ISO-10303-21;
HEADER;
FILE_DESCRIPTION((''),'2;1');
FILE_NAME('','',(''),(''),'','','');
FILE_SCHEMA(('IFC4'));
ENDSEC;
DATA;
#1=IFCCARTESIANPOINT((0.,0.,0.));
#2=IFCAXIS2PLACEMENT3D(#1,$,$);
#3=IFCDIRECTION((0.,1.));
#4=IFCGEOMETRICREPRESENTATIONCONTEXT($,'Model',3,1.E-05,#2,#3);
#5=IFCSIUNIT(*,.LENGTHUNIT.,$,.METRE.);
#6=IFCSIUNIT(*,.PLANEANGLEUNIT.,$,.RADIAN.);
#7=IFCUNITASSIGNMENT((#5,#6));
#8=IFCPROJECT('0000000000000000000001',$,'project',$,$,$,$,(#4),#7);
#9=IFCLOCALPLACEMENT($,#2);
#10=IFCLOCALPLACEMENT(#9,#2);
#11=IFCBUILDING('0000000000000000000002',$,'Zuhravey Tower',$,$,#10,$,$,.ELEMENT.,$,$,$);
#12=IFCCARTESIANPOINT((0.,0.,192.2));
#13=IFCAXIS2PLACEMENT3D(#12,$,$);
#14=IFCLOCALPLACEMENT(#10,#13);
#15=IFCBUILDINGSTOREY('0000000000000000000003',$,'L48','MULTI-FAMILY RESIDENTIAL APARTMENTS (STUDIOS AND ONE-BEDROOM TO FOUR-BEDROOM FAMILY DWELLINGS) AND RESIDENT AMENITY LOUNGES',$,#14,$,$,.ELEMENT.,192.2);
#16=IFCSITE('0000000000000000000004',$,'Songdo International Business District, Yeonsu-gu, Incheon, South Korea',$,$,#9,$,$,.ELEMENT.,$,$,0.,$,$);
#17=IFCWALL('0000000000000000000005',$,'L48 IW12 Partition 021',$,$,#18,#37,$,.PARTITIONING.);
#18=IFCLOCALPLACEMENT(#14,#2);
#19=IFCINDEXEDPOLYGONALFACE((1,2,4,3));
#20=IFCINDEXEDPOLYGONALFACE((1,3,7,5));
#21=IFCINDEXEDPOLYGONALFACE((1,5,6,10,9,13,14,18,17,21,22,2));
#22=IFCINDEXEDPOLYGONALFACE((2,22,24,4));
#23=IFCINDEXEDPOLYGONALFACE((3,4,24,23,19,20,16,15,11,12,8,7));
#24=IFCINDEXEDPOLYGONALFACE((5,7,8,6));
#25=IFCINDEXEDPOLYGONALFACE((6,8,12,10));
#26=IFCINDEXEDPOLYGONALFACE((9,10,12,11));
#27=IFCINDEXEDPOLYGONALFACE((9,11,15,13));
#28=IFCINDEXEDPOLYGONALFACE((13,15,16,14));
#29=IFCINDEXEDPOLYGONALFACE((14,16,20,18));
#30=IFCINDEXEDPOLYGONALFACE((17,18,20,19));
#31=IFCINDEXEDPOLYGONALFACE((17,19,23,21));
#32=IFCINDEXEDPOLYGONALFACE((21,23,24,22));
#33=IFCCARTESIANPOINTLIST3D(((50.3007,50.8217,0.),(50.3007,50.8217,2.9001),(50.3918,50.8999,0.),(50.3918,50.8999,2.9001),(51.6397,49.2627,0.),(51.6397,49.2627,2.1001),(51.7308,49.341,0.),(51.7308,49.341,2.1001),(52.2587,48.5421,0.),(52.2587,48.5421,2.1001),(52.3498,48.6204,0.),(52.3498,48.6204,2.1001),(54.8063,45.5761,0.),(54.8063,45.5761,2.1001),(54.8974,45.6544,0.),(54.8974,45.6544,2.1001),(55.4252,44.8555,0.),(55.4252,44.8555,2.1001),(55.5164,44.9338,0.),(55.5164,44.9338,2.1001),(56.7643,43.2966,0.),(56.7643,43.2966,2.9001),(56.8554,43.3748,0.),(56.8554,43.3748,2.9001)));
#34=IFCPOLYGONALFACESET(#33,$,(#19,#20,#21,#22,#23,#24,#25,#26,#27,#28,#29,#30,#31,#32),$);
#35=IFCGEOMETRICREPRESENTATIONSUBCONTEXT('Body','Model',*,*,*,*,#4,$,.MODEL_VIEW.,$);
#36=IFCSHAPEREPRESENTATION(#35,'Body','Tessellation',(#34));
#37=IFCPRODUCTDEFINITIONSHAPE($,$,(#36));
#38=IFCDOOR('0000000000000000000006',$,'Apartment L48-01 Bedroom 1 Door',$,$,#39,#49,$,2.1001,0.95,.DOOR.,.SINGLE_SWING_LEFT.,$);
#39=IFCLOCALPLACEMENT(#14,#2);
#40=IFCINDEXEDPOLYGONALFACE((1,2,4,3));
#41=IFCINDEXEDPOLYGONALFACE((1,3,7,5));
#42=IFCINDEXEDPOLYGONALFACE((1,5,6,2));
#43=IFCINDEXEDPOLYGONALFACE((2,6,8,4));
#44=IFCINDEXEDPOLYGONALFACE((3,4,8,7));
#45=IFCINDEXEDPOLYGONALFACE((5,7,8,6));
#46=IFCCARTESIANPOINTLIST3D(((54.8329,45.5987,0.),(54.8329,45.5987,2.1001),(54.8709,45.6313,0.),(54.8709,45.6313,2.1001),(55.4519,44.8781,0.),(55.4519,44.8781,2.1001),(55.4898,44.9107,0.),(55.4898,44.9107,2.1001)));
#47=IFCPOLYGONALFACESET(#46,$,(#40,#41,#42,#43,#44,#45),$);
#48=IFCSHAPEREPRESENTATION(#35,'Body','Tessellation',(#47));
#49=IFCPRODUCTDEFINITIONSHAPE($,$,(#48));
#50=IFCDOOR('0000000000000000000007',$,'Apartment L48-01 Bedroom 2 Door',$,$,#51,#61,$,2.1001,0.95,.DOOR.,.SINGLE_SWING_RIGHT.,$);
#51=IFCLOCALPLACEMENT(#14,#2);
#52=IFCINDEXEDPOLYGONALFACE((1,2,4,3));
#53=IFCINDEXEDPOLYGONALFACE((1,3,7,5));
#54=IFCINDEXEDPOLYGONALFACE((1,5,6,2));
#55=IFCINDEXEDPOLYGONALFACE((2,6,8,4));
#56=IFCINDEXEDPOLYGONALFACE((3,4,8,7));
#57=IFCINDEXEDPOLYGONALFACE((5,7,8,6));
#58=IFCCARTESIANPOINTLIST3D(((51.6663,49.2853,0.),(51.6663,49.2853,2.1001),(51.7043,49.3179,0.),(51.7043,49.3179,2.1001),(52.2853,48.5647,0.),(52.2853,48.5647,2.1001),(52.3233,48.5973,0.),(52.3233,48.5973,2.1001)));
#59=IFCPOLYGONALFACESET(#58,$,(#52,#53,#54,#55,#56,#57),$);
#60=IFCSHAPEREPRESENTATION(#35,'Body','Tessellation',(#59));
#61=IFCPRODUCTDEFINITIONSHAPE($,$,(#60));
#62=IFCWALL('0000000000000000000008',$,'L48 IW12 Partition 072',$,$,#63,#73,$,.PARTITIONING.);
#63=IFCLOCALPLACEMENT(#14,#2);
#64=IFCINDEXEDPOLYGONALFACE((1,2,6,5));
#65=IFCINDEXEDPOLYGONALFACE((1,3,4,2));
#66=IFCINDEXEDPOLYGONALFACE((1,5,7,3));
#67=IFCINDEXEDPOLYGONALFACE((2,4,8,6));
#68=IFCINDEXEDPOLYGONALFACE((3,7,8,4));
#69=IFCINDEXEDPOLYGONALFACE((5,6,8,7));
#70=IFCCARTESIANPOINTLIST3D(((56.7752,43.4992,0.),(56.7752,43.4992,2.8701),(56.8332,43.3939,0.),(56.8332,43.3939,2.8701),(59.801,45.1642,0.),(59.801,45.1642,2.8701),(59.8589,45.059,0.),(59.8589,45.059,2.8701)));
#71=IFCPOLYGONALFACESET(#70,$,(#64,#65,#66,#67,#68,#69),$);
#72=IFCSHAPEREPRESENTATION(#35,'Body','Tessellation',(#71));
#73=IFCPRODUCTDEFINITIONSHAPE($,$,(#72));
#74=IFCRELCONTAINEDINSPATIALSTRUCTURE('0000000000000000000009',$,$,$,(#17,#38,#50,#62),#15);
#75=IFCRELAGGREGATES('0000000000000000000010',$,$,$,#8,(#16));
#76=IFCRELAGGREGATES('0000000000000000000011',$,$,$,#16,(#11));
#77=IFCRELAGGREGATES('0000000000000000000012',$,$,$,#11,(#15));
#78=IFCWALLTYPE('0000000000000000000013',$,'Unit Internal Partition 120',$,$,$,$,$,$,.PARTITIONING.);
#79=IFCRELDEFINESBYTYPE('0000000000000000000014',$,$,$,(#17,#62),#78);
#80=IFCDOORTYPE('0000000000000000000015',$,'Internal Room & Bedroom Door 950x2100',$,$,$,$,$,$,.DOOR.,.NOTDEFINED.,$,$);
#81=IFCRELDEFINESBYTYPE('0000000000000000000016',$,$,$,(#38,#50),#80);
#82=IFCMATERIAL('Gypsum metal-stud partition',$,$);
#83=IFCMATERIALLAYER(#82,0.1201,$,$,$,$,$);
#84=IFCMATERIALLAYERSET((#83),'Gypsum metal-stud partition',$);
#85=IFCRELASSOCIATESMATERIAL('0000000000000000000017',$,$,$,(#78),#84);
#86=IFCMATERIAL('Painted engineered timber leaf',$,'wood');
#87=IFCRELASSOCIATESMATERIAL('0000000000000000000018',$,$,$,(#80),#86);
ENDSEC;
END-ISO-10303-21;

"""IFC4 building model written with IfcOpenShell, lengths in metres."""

from ifc_helpers import new_model, si_unit, direction, frame, frame_2d, origin, place, context, subcontext, project, spatial, rectangle, extrude, material, layer, layer_set, type_object, element, fill, save


model = new_model("IFC4")

# Units and contexts
model_context = context("Model", 3, precision=1e-05, world=origin(), true_north=direction((0.0, 1.0)))
body_context = subcontext(model_context, "Body", "Model", "MODEL_VIEW")
ifc_project = project(units=[si_unit("LENGTHUNIT", "METRE"), si_unit("PLANEANGLEUNIT", "RADIAN")], contexts=[model_context])

# Site, building, storey
site_placement = place(None, origin())
site = spatial("IfcSite", under=ifc_project, at=site_placement, Name="Songdo International Business District, Yeonsu-gu, Incheon, South Korea", CompositionType="ELEMENT", RefElevation=0.0)
building_placement = place(site_placement, origin())
building = spatial("IfcBuilding", under=site, at=building_placement, Name="Zuhravey Tower", CompositionType="ELEMENT")
storey_placement = place(building_placement, frame((0.0, 0.0, 192.2)))
storey = spatial("IfcBuildingStorey", under=building, at=storey_placement, Name="L48", Description="MULTI-FAMILY RESIDENTIAL APARTMENTS (STUDIOS AND ONE-BEDROOM TO FOUR-BEDROOM FAMILY DWELLINGS) AND RESIDENT AMENITY LOUNGES", CompositionType="ELEMENT", Elevation=192.2)

# Wall, openings, doors
ifc_material_1 = material(Name="Gypsum metal-stud partition")
ifc_layer_1 = layer(ifc_material_1, 0.1201)
ifc_layer_set_1 = layer_set([ifc_layer_1], Name="Gypsum metal-stud partition")
wall_type_1 = type_object("IfcWallType", Name="Unit Internal Partition 120", PredefinedType="PARTITIONING", material=ifc_layer_set_1)
ifc_material_2 = material(Name="Painted engineered timber leaf", Category="wood")
door_type_1 = type_object("IfcDoorType", Name="Internal Room & Bedroom Door 950x2100", OperationType="NOTDEFINED", PredefinedType="DOOR", material=ifc_material_2)
wall_1_placement = place(storey_placement, frame((56.8098, 43.3357, 0.0), z_axis=(0.0, 0.0, 1.0), x_axis=(-0.651575, 0.758584, 0.0)))
wall_1 = element("IfcWall", 1, at=wall_1_placement, inside=storey, type_object=wall_type_1, Name="L48 IW12 Partition 021", PredefinedType="PARTITIONING", context=body_context, shape_type="SweptSolid", body=[
    extrude(rectangle(XDim=9.9199, YDim=0.1201, at=frame_2d((4.96, 0.0))), origin(), (0.0, 0.0, 1.0), 2.9001),
])
opening_1_placement = place(wall_1_placement, frame((2.0549, 0.0, 0.0)))
opening_1 = element("IfcOpeningElement", 2, at=opening_1_placement, cuts=wall_1, PredefinedType="OPENING", context=body_context, shape_type="SweptSolid", body=[
    extrude(rectangle(XDim=0.95, YDim=2.1001, at=frame_2d((0.4751, 1.05))), frame((0.0, 0.072, 0.0), z_axis=(0.0, -1.0, 0.0), x_axis=(1.0, 0.0, 0.0)), (0.0, 0.0, 1.0), 0.144),
])
opening_2_placement = place(wall_1_placement, frame((6.9148, 0.0, 0.0)))
opening_2 = element("IfcOpeningElement", 3, at=opening_2_placement, cuts=wall_1, PredefinedType="OPENING", context=body_context, shape_type="SweptSolid", body=[
    extrude(rectangle(XDim=0.95, YDim=2.1001, at=frame_2d((0.4751, 1.05))), frame((0.0, 0.072, 0.0), z_axis=(0.0, -1.0, 0.0), x_axis=(1.0, 0.0, 0.0)), (0.0, 0.0, 1.0), 0.144),
])
door_1_placement = place(opening_1_placement, frame((0.95, 0.0, 0.0), z_axis=(0.0, 0.0, 1.0), x_axis=(-1.0, 0.0, 0.0)))
door_1 = element("IfcDoor", 4, at=door_1_placement, inside=storey, type_object=door_type_1, Name="Apartment L48-01 Bedroom 1 Door", OperationType="SINGLE_SWING_LEFT", OverallHeight=2.1001, OverallWidth=0.95, PredefinedType="DOOR", context=body_context, shape_type="SweptSolid", body=[
    extrude(rectangle(XDim=0.95, YDim=2.1001, at=frame_2d((0.4751, 1.05))), frame((0.0, 0.0249, 0.0), z_axis=(0.0, -1.0, 0.0), x_axis=(1.0, 0.0, 0.0)), (0.0, 0.0, 1.0), 0.05),
])
fill(opening_1, door_1)
door_2_placement = place(opening_2_placement, frame((0.95, 0.0, 0.0), z_axis=(0.0, 0.0, 1.0), x_axis=(-1.0, 0.0, 0.0)))
door_2 = element("IfcDoor", 5, at=door_2_placement, inside=storey, type_object=door_type_1, Name="Apartment L48-01 Bedroom 2 Door", OperationType="SINGLE_SWING_RIGHT", OverallHeight=2.1001, OverallWidth=0.95, PredefinedType="DOOR", context=body_context, shape_type="SweptSolid", body=[
    extrude(rectangle(XDim=0.95, YDim=2.1001, at=frame_2d((0.4751, 1.05))), frame((0.0, 0.0249, 0.0), z_axis=(0.0, -1.0, 0.0), x_axis=(1.0, 0.0, 0.0)), (0.0, 0.0, 1.0), 0.05),
])
fill(opening_2, door_2)

# Wall
wall_2_placement = place(storey_placement, frame((56.8042, 43.4465, 0.0), z_axis=(0.0, 0.0, 1.0), x_axis=(0.876101, 0.482128, 0.0)))
element("IfcWall", 6, at=wall_2_placement, inside=storey, type_object=wall_type_1, Name="L48 IW12 Partition 072", PredefinedType="PARTITIONING", context=body_context, shape_type="SweptSolid", body=[
    extrude(rectangle(XDim=3.4536, YDim=0.1201, at=frame_2d((1.7268, 0.0))), origin(), (0.0, 0.0, 1.0), 2.8701),
])

save(model, "model.ifc")
